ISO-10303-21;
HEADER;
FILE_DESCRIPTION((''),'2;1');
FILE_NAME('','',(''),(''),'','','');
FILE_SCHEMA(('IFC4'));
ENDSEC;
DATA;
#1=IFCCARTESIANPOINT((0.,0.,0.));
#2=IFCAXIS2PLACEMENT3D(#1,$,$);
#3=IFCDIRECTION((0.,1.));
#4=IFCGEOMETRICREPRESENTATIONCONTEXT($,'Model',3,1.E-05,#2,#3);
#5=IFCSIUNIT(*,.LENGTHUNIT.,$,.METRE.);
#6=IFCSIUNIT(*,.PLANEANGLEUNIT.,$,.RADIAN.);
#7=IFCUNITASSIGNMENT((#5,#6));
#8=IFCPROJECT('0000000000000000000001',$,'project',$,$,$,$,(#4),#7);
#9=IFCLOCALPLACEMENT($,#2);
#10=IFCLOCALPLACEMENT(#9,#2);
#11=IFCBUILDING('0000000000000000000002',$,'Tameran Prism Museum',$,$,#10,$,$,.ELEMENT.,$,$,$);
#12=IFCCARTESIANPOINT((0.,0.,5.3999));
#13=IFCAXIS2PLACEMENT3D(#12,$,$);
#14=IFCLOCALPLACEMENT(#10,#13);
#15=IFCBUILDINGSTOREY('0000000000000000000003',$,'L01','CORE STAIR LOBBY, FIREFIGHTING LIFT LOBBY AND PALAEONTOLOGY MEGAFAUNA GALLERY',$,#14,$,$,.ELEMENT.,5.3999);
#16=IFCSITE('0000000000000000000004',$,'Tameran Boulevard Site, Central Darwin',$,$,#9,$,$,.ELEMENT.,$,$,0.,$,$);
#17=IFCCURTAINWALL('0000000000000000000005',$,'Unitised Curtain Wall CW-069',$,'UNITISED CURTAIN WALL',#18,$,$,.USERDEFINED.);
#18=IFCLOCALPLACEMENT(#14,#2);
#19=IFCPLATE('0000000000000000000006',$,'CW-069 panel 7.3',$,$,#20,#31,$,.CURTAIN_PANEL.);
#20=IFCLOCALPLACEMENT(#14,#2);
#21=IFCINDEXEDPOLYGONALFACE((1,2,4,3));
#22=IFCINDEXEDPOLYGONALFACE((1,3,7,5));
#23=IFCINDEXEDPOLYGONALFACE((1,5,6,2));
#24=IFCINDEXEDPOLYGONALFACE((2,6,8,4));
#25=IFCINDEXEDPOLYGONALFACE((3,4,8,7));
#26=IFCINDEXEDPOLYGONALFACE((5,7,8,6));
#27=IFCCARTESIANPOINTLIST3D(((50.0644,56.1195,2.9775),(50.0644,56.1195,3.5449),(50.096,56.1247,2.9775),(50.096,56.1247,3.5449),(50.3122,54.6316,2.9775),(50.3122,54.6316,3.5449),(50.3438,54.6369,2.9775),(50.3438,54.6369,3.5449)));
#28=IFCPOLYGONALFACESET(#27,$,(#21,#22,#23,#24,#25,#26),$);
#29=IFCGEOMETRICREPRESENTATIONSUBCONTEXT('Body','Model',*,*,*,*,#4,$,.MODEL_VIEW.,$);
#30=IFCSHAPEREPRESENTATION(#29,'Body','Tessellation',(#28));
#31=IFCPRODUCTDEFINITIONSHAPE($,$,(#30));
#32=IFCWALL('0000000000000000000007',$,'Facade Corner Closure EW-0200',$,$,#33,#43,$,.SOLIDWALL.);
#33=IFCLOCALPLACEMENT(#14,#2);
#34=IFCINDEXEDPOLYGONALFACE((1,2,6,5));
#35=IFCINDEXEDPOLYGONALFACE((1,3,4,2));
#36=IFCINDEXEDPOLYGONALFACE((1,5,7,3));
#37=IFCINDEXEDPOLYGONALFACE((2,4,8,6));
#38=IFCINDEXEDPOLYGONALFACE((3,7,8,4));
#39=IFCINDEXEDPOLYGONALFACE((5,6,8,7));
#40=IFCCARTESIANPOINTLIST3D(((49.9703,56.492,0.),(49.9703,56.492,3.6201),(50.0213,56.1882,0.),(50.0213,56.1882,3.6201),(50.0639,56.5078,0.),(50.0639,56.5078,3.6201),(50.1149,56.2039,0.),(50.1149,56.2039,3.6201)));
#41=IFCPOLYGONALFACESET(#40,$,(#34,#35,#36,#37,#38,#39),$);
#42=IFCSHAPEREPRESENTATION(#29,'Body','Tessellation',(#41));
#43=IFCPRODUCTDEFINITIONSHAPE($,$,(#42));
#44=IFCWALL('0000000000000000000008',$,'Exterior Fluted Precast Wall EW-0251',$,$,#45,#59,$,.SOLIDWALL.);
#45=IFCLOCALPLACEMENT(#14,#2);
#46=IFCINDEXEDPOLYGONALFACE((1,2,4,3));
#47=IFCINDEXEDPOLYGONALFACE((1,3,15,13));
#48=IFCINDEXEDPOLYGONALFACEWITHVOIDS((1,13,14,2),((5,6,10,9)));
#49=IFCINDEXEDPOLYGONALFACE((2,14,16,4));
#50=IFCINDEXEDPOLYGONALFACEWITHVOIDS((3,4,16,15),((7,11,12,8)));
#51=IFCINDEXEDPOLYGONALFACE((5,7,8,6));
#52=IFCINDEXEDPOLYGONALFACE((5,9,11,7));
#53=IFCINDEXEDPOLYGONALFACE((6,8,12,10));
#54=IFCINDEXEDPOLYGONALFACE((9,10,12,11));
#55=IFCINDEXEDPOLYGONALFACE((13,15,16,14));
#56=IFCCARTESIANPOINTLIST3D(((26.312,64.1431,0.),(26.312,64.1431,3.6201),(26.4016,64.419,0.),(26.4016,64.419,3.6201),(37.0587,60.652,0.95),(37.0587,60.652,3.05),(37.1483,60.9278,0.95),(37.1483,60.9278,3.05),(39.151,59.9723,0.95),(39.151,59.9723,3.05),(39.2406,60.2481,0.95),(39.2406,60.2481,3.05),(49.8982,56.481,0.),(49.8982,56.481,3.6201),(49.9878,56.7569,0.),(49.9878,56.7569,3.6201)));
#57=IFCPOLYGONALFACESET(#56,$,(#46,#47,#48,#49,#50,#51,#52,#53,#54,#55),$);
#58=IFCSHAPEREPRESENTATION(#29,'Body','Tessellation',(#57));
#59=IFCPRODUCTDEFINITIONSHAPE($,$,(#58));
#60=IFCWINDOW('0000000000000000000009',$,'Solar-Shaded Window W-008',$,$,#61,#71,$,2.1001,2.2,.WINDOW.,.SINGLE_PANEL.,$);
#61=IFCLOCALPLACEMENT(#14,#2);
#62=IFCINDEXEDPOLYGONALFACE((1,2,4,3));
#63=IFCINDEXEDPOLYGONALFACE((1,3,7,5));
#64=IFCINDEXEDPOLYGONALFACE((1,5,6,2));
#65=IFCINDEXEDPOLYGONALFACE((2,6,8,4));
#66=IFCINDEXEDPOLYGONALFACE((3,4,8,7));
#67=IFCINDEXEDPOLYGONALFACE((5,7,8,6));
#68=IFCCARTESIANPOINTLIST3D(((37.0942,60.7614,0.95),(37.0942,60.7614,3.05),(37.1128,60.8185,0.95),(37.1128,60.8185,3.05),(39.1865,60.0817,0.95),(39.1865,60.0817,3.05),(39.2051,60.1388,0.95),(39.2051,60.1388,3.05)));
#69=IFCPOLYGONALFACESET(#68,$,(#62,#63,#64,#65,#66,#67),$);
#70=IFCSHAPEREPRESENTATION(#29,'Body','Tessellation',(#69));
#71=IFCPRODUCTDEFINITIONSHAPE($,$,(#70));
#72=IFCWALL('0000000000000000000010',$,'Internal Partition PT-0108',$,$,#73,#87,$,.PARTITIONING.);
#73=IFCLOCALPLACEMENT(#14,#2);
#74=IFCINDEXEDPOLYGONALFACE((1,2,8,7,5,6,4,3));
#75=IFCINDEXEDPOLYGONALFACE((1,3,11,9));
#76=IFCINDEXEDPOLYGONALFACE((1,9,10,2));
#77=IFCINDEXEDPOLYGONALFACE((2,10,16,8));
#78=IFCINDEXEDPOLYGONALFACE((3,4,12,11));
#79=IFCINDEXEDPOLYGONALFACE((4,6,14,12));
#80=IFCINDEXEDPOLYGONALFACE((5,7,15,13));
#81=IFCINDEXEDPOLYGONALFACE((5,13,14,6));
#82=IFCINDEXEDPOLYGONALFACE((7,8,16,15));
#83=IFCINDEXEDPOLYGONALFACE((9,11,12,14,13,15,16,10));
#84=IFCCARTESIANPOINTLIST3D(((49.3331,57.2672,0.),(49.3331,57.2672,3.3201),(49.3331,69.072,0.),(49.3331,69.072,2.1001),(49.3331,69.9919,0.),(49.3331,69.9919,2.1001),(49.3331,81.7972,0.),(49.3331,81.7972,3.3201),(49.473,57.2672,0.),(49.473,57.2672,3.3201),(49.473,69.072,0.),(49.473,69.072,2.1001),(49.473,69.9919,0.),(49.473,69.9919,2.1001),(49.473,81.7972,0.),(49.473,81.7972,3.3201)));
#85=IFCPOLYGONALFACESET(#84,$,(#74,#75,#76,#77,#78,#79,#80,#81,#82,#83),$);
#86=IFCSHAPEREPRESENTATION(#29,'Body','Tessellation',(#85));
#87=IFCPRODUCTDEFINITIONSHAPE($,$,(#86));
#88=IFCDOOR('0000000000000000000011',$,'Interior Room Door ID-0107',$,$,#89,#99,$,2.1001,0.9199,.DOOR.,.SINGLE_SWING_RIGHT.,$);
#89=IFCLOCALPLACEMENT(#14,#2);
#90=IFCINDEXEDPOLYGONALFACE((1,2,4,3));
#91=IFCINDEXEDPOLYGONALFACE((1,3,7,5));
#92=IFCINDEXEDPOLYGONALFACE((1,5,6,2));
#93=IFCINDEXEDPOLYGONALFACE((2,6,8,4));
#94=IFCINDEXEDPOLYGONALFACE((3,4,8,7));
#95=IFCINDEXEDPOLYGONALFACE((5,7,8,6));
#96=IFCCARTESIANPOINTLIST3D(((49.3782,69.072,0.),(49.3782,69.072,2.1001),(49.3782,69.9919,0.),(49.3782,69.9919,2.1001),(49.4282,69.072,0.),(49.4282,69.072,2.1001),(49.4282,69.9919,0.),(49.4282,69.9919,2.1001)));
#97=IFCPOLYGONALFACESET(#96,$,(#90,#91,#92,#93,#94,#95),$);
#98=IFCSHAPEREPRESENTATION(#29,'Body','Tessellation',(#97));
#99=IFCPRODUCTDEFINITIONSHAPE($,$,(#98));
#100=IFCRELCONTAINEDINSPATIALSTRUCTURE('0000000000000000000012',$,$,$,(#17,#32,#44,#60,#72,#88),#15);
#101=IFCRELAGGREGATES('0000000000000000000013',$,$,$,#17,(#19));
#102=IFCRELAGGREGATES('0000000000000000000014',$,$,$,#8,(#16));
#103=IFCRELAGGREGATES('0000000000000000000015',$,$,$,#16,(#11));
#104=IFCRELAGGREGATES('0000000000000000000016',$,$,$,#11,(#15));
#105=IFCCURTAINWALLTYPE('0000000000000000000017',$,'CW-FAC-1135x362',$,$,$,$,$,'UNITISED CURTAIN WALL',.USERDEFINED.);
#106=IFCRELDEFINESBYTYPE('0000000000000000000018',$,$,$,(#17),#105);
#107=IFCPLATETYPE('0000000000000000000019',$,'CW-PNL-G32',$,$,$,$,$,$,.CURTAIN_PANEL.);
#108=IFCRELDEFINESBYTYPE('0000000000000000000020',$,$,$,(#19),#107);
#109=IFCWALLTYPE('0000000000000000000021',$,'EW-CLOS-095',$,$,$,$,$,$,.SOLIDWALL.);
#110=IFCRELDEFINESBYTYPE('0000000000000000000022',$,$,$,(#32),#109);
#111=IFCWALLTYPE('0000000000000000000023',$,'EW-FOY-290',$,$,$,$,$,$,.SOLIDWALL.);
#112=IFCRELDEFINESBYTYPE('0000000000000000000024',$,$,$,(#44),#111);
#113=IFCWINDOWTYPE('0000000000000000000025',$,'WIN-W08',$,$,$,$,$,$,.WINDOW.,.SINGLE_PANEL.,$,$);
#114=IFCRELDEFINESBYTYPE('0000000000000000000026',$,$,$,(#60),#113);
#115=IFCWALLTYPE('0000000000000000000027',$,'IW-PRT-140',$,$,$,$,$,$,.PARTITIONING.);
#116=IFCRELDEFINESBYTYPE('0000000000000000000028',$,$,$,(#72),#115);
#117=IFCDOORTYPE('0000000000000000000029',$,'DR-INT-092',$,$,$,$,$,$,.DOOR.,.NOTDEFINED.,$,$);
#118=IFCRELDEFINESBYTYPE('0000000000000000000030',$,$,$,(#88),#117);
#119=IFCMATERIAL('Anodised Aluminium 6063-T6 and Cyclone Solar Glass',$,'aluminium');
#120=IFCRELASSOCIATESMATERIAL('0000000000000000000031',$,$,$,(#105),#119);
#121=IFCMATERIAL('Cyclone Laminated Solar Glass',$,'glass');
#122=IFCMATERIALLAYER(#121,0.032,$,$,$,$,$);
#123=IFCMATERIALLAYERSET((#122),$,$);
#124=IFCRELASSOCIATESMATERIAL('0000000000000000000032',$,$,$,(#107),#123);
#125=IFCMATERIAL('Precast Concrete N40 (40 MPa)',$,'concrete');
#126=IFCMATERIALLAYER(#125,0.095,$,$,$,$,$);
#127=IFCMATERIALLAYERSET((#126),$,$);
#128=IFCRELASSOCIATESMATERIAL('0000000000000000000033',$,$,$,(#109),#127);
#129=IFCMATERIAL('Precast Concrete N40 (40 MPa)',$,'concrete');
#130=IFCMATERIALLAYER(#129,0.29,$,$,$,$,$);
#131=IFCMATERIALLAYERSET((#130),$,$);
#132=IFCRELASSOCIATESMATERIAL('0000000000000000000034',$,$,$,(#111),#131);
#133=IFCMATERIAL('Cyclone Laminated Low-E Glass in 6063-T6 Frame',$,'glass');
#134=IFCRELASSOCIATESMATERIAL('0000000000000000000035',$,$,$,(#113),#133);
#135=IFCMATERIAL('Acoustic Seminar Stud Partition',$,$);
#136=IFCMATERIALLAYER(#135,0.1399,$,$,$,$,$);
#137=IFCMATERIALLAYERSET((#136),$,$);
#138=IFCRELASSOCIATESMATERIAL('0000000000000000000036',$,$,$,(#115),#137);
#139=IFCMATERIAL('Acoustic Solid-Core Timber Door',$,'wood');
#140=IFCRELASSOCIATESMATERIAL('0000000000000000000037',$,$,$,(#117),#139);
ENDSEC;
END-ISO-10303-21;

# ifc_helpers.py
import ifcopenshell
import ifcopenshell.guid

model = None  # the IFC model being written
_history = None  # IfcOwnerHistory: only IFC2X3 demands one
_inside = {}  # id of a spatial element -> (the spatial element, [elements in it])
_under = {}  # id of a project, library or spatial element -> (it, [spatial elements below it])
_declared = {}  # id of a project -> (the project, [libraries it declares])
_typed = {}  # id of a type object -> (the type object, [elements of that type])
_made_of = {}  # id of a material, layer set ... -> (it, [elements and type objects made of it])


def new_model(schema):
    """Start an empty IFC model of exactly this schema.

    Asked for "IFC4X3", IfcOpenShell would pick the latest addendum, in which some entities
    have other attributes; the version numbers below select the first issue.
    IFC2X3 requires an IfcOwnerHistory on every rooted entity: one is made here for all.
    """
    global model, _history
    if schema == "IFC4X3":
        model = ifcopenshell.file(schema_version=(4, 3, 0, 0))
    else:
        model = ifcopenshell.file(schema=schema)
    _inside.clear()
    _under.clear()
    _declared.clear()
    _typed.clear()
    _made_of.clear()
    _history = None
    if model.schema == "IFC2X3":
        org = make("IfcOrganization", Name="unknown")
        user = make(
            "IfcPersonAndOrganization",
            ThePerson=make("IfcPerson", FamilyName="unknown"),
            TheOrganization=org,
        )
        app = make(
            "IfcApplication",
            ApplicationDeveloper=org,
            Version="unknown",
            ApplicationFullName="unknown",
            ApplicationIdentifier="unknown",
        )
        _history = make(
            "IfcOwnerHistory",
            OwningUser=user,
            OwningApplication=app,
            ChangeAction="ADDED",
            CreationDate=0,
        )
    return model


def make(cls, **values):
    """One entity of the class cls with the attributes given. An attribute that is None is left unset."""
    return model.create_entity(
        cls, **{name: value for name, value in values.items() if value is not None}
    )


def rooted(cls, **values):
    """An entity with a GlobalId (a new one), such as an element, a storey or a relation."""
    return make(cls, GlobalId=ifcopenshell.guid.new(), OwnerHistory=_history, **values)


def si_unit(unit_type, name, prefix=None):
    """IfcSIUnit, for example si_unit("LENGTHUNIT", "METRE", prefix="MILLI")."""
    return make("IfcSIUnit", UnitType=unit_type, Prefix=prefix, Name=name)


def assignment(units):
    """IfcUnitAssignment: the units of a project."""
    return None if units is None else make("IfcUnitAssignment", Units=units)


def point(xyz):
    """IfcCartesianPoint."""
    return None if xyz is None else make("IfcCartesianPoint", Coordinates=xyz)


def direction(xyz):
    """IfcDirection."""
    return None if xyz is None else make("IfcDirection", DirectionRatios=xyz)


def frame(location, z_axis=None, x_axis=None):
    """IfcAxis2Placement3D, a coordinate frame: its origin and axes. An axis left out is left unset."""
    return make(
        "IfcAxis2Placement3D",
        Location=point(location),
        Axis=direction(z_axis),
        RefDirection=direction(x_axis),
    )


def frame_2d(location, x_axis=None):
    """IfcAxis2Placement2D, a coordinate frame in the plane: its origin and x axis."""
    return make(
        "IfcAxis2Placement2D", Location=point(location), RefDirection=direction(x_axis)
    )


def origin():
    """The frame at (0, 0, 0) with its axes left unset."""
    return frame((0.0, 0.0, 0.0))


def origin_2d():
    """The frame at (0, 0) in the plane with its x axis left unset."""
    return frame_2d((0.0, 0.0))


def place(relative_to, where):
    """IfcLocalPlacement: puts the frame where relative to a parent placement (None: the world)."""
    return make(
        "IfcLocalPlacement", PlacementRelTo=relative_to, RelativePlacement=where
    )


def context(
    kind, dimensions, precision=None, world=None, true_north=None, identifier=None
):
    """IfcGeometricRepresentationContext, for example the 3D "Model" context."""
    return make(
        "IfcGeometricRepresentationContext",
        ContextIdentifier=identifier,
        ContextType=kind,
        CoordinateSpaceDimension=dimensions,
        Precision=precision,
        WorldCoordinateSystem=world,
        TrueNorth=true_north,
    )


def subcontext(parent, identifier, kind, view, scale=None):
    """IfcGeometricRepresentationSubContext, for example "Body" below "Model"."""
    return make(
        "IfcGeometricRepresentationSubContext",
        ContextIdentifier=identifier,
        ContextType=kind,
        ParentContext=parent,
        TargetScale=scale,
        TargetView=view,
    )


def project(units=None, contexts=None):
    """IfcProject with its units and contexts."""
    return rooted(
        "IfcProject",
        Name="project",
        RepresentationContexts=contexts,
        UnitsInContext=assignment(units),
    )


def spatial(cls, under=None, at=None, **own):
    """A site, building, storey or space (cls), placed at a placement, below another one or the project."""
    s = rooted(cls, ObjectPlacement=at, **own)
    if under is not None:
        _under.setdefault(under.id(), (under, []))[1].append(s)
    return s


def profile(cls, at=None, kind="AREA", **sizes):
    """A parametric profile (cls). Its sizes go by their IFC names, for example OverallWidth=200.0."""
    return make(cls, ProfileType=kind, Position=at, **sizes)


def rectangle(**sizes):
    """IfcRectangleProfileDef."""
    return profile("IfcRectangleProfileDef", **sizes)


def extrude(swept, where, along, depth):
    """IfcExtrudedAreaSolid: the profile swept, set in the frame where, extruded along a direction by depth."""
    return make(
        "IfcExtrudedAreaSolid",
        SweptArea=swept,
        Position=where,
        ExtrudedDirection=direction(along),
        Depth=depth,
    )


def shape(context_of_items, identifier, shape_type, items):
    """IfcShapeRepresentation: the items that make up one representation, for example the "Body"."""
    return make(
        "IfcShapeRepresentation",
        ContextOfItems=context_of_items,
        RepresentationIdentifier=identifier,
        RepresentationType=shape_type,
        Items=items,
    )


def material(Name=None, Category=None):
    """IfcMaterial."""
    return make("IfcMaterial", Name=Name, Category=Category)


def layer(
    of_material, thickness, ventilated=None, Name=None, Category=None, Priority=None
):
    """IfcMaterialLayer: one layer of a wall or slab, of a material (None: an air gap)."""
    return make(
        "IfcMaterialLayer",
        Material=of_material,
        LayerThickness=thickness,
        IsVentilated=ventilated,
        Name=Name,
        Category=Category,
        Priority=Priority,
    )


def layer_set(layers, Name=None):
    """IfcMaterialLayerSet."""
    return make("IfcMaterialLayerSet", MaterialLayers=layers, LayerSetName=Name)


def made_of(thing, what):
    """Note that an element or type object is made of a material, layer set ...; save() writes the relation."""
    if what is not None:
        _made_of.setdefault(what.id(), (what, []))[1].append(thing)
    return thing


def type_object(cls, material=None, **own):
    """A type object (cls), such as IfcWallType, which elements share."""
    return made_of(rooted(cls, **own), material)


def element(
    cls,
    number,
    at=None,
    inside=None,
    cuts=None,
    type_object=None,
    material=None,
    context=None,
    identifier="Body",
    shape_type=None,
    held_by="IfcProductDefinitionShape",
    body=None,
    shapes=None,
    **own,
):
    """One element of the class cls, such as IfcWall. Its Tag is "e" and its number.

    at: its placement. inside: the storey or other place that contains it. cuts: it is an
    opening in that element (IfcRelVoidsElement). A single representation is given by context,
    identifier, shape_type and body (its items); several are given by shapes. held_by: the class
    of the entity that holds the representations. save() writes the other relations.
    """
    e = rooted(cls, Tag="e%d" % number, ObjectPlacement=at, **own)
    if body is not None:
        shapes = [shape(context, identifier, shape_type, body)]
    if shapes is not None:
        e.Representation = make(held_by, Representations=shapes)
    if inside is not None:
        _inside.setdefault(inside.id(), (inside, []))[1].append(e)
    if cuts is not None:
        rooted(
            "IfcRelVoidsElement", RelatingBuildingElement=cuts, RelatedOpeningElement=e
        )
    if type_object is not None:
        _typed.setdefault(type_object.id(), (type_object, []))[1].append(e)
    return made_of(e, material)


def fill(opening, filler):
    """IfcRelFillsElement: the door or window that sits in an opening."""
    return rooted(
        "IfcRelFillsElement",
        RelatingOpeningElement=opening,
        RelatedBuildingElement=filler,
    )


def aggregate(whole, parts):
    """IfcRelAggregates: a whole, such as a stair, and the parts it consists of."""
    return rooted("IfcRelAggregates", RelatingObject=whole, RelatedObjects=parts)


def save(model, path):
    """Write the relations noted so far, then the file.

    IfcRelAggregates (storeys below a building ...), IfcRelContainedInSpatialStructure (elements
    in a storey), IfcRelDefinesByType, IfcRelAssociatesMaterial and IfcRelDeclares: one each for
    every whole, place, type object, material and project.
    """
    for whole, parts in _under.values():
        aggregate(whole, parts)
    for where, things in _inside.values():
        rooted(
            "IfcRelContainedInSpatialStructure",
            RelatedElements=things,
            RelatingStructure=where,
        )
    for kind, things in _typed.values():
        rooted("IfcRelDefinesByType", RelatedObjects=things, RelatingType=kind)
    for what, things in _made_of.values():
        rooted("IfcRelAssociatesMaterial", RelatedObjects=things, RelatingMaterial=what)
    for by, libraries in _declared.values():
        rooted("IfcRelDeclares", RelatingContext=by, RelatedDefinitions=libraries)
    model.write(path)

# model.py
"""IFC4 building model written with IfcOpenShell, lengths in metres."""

from ifc_helpers import new_model, si_unit, direction, frame, frame_2d, origin, origin_2d, place, context, subcontext, project, spatial, rectangle, extrude, material, layer, layer_set, type_object, element, fill, aggregate, save


model = new_model("IFC4")

# Units and contexts
model_context = context("Model", 3, precision=1e-05, world=origin(), true_north=direction((0.0, 1.0)))
body_context = subcontext(model_context, "Body", "Model", "MODEL_VIEW")
ifc_project = project(units=[si_unit("LENGTHUNIT", "METRE"), si_unit("PLANEANGLEUNIT", "RADIAN")], contexts=[model_context])

# Site, building, storey
site_placement = place(None, origin())
site = spatial("IfcSite", under=ifc_project, at=site_placement, Name="Tameran Boulevard Site, Central Darwin", CompositionType="ELEMENT", RefElevation=0.0)
building_placement = place(site_placement, origin())
building = spatial("IfcBuilding", under=site, at=building_placement, Name="Tameran Prism Museum", CompositionType="ELEMENT")
storey_placement = place(building_placement, frame((0.0, 0.0, 5.3999)))
storey = spatial("IfcBuildingStorey", under=building, at=storey_placement, Name="L01", Description="CORE STAIR LOBBY, FIREFIGHTING LIFT LOBBY AND PALAEONTOLOGY MEGAFAUNA GALLERY", CompositionType="ELEMENT", Elevation=5.3999)

# Curtain wall, plate
ifc_material_1 = material(Name="Anodised Aluminium 6063-T6 and Cyclone Solar Glass", Category="aluminium")
curtain_wall_type = type_object("IfcCurtainWallType", Name="CW-FAC-1135x362", ElementType="UNITISED CURTAIN WALL", PredefinedType="USERDEFINED", material=ifc_material_1)
curtain_wall_placement = place(storey_placement, origin())
curtain_wall = element("IfcCurtainWall", 1, at=curtain_wall_placement, inside=storey, type_object=curtain_wall_type, Name="Unitised Curtain Wall CW-069", ObjectType="UNITISED CURTAIN WALL", PredefinedType="USERDEFINED")
ifc_material_2 = material(Name="Cyclone Laminated Solar Glass", Category="glass")
ifc_layer_1 = layer(ifc_material_2, 0.032)
ifc_layer_set_1 = layer_set([ifc_layer_1])
plate_type = type_object("IfcPlateType", Name="CW-PNL-G32", PredefinedType="CURTAIN_PANEL", material=ifc_layer_set_1)
plate_1_placement = place(storey_placement, frame((50.2041, 55.3782, 2.9775), z_axis=(0.0, 0.0, 1.0), x_axis=(-0.164285, 0.986413, 0.0)))
plate_1 = element("IfcPlate", 2, at=plate_1_placement, type_object=plate_type, Name="CW-069 panel 7.3", PredefinedType="CURTAIN_PANEL", context=body_context, shape_type="SweptSolid", body=[
    extrude(rectangle(XDim=1.5083, YDim=0.032, at=origin_2d()), origin(), (0.0, 0.0, 1.0), 0.5674),
])
aggregate(curtain_wall, [plate_1])

# Wall
ifc_material_3 = material(Name="Precast Concrete N40 (40 MPa)", Category="concrete")
ifc_layer_2 = layer(ifc_material_3, 0.095)
ifc_layer_set_2 = layer_set([ifc_layer_2])
wall_type_1 = type_object("IfcWallType", Name="EW-CLOS-095", PredefinedType="SOLIDWALL", material=ifc_layer_set_2)
wall_1_placement = place(storey_placement, frame((50.0681, 56.196, 0.0), z_axis=(0.0, 0.0, 1.0), x_axis=(-0.165555, 0.986201, 0.0)))
element("IfcWall", 3, at=wall_1_placement, inside=storey, type_object=wall_type_1, Name="Facade Corner Closure EW-0200", PredefinedType="SOLIDWALL", context=body_context, shape_type="SweptSolid", body=[
    extrude(rectangle(XDim=0.3081, YDim=0.095, at=frame_2d((0.1541, 0.0))), origin(), (0.0, 0.0, 1.0), 3.6201),
])

# Wall, opening, window
ifc_material_4 = material(Name="Precast Concrete N40 (40 MPa)", Category="concrete")
ifc_layer_3 = layer(ifc_material_4, 0.29)
ifc_layer_set_3 = layer_set([ifc_layer_3])
wall_type_2 = type_object("IfcWallType", Name="EW-FOY-290", PredefinedType="SOLIDWALL", material=ifc_layer_set_3)
wall_2_placement = place(storey_placement, frame((49.9431, 56.6189, 0.0), z_axis=(0.0, 0.0, 1.0), x_axis=(-0.951074, 0.308962, 0.0)))
wall_2 = element("IfcWall", 4, at=wall_2_placement, inside=storey, type_object=wall_type_2, Name="Exterior Fluted Precast Wall EW-0251", PredefinedType="SOLIDWALL", context=body_context, shape_type="SweptSolid", body=[
    extrude(rectangle(XDim=24.7996, YDim=0.29, at=frame_2d((12.3999, 0.0))), origin(), (0.0, 0.0, 1.0), 3.6201),
])
opening_1_placement = place(wall_2_placement, frame((11.3, 0.0, 0.95)))
opening_1 = element("IfcOpeningElement", 5, at=opening_1_placement, cuts=wall_2, PredefinedType="OPENING", context=body_context, shape_type="SweptSolid", body=[
    extrude(rectangle(XDim=2.2, YDim=2.1001, at=frame_2d((1.1001, 1.05))), frame((0.0, 0.155, 0.0), z_axis=(0.0, -1.0, 0.0), x_axis=(1.0, 0.0, 0.0)), (0.0, 0.0, 1.0), 0.3101),
])
ifc_material_5 = material(Name="Cyclone Laminated Low-E Glass in 6063-T6 Frame", Category="glass")
window_type = type_object("IfcWindowType", Name="WIN-W08", PartitioningType="SINGLE_PANEL", PredefinedType="WINDOW", material=ifc_material_5)
window_placement = place(opening_1_placement, origin())
window = element("IfcWindow", 6, at=window_placement, inside=storey, type_object=window_type, Name="Solar-Shaded Window W-008", OverallHeight=2.1001, OverallWidth=2.2, PartitioningType="SINGLE_PANEL", PredefinedType="WINDOW", context=body_context, shape_type="SweptSolid", body=[
    extrude(rectangle(XDim=2.2, YDim=2.1001, at=frame_2d((1.1001, 1.05))), frame((0.0, 0.03, 0.0), z_axis=(0.0, -1.0, 0.0), x_axis=(1.0, 0.0, 0.0)), (0.0, 0.0, 1.0), 0.0601),
])
fill(opening_1, window)

# Wall, opening, door
ifc_material_6 = material(Name="Acoustic Seminar Stud Partition")
ifc_layer_4 = layer(ifc_material_6, 0.1399)
ifc_layer_set_4 = layer_set([ifc_layer_4])
wall_type_3 = type_object("IfcWallType", Name="IW-PRT-140", PredefinedType="PARTITIONING", material=ifc_layer_set_4)
wall_3_placement = place(storey_placement, frame((49.4031, 57.2671, 0.0), z_axis=(0.0, 0.0, 1.0), x_axis=(0.0, 1.0, 0.0)))
wall_3 = element("IfcWall", 7, at=wall_3_placement, inside=storey, type_object=wall_type_3, Name="Internal Partition PT-0108", PredefinedType="PARTITIONING", context=body_context, shape_type="SweptSolid", body=[
    extrude(rectangle(XDim=24.53, YDim=0.1399, at=frame_2d((12.2651, 0.0))), origin(), (0.0, 0.0, 1.0), 3.3201),
])
opening_2_placement = place(wall_3_placement, frame((11.8049, 0.0, 0.0)))
opening_2 = element("IfcOpeningElement", 8, at=opening_2_placement, cuts=wall_3, PredefinedType="OPENING", context=body_context, shape_type="SweptSolid", body=[
    extrude(rectangle(XDim=0.9199, YDim=2.1001, at=frame_2d((0.46, 1.05))), frame((0.0, 0.0798, 0.0), z_axis=(0.0, -1.0, 0.0), x_axis=(1.0, 0.0, 0.0)), (0.0, 0.0, 1.0), 0.1599),
])
ifc_material_7 = material(Name="Acoustic Solid-Core Timber Door", Category="wood")
door_type = type_object("IfcDoorType", Name="DR-INT-092", OperationType="NOTDEFINED", PredefinedType="DOOR", material=ifc_material_7)
door_placement = place(opening_2_placement, origin())
door = element("IfcDoor", 9, at=door_placement, inside=storey, type_object=door_type, Name="Interior Room Door ID-0107", OperationType="SINGLE_SWING_RIGHT", OverallHeight=2.1001, OverallWidth=0.9199, PredefinedType="DOOR", context=body_context, shape_type="SweptSolid", body=[
    extrude(rectangle(XDim=0.9199, YDim=2.1001, at=frame_2d((0.46, 1.05))), frame((0.0, 0.0249, 0.0), z_axis=(0.0, -1.0, 0.0), x_axis=(1.0, 0.0, 0.0)), (0.0, 0.0, 1.0), 0.05),
])
fill(opening_2, door)

save(model, "model.ifc")
